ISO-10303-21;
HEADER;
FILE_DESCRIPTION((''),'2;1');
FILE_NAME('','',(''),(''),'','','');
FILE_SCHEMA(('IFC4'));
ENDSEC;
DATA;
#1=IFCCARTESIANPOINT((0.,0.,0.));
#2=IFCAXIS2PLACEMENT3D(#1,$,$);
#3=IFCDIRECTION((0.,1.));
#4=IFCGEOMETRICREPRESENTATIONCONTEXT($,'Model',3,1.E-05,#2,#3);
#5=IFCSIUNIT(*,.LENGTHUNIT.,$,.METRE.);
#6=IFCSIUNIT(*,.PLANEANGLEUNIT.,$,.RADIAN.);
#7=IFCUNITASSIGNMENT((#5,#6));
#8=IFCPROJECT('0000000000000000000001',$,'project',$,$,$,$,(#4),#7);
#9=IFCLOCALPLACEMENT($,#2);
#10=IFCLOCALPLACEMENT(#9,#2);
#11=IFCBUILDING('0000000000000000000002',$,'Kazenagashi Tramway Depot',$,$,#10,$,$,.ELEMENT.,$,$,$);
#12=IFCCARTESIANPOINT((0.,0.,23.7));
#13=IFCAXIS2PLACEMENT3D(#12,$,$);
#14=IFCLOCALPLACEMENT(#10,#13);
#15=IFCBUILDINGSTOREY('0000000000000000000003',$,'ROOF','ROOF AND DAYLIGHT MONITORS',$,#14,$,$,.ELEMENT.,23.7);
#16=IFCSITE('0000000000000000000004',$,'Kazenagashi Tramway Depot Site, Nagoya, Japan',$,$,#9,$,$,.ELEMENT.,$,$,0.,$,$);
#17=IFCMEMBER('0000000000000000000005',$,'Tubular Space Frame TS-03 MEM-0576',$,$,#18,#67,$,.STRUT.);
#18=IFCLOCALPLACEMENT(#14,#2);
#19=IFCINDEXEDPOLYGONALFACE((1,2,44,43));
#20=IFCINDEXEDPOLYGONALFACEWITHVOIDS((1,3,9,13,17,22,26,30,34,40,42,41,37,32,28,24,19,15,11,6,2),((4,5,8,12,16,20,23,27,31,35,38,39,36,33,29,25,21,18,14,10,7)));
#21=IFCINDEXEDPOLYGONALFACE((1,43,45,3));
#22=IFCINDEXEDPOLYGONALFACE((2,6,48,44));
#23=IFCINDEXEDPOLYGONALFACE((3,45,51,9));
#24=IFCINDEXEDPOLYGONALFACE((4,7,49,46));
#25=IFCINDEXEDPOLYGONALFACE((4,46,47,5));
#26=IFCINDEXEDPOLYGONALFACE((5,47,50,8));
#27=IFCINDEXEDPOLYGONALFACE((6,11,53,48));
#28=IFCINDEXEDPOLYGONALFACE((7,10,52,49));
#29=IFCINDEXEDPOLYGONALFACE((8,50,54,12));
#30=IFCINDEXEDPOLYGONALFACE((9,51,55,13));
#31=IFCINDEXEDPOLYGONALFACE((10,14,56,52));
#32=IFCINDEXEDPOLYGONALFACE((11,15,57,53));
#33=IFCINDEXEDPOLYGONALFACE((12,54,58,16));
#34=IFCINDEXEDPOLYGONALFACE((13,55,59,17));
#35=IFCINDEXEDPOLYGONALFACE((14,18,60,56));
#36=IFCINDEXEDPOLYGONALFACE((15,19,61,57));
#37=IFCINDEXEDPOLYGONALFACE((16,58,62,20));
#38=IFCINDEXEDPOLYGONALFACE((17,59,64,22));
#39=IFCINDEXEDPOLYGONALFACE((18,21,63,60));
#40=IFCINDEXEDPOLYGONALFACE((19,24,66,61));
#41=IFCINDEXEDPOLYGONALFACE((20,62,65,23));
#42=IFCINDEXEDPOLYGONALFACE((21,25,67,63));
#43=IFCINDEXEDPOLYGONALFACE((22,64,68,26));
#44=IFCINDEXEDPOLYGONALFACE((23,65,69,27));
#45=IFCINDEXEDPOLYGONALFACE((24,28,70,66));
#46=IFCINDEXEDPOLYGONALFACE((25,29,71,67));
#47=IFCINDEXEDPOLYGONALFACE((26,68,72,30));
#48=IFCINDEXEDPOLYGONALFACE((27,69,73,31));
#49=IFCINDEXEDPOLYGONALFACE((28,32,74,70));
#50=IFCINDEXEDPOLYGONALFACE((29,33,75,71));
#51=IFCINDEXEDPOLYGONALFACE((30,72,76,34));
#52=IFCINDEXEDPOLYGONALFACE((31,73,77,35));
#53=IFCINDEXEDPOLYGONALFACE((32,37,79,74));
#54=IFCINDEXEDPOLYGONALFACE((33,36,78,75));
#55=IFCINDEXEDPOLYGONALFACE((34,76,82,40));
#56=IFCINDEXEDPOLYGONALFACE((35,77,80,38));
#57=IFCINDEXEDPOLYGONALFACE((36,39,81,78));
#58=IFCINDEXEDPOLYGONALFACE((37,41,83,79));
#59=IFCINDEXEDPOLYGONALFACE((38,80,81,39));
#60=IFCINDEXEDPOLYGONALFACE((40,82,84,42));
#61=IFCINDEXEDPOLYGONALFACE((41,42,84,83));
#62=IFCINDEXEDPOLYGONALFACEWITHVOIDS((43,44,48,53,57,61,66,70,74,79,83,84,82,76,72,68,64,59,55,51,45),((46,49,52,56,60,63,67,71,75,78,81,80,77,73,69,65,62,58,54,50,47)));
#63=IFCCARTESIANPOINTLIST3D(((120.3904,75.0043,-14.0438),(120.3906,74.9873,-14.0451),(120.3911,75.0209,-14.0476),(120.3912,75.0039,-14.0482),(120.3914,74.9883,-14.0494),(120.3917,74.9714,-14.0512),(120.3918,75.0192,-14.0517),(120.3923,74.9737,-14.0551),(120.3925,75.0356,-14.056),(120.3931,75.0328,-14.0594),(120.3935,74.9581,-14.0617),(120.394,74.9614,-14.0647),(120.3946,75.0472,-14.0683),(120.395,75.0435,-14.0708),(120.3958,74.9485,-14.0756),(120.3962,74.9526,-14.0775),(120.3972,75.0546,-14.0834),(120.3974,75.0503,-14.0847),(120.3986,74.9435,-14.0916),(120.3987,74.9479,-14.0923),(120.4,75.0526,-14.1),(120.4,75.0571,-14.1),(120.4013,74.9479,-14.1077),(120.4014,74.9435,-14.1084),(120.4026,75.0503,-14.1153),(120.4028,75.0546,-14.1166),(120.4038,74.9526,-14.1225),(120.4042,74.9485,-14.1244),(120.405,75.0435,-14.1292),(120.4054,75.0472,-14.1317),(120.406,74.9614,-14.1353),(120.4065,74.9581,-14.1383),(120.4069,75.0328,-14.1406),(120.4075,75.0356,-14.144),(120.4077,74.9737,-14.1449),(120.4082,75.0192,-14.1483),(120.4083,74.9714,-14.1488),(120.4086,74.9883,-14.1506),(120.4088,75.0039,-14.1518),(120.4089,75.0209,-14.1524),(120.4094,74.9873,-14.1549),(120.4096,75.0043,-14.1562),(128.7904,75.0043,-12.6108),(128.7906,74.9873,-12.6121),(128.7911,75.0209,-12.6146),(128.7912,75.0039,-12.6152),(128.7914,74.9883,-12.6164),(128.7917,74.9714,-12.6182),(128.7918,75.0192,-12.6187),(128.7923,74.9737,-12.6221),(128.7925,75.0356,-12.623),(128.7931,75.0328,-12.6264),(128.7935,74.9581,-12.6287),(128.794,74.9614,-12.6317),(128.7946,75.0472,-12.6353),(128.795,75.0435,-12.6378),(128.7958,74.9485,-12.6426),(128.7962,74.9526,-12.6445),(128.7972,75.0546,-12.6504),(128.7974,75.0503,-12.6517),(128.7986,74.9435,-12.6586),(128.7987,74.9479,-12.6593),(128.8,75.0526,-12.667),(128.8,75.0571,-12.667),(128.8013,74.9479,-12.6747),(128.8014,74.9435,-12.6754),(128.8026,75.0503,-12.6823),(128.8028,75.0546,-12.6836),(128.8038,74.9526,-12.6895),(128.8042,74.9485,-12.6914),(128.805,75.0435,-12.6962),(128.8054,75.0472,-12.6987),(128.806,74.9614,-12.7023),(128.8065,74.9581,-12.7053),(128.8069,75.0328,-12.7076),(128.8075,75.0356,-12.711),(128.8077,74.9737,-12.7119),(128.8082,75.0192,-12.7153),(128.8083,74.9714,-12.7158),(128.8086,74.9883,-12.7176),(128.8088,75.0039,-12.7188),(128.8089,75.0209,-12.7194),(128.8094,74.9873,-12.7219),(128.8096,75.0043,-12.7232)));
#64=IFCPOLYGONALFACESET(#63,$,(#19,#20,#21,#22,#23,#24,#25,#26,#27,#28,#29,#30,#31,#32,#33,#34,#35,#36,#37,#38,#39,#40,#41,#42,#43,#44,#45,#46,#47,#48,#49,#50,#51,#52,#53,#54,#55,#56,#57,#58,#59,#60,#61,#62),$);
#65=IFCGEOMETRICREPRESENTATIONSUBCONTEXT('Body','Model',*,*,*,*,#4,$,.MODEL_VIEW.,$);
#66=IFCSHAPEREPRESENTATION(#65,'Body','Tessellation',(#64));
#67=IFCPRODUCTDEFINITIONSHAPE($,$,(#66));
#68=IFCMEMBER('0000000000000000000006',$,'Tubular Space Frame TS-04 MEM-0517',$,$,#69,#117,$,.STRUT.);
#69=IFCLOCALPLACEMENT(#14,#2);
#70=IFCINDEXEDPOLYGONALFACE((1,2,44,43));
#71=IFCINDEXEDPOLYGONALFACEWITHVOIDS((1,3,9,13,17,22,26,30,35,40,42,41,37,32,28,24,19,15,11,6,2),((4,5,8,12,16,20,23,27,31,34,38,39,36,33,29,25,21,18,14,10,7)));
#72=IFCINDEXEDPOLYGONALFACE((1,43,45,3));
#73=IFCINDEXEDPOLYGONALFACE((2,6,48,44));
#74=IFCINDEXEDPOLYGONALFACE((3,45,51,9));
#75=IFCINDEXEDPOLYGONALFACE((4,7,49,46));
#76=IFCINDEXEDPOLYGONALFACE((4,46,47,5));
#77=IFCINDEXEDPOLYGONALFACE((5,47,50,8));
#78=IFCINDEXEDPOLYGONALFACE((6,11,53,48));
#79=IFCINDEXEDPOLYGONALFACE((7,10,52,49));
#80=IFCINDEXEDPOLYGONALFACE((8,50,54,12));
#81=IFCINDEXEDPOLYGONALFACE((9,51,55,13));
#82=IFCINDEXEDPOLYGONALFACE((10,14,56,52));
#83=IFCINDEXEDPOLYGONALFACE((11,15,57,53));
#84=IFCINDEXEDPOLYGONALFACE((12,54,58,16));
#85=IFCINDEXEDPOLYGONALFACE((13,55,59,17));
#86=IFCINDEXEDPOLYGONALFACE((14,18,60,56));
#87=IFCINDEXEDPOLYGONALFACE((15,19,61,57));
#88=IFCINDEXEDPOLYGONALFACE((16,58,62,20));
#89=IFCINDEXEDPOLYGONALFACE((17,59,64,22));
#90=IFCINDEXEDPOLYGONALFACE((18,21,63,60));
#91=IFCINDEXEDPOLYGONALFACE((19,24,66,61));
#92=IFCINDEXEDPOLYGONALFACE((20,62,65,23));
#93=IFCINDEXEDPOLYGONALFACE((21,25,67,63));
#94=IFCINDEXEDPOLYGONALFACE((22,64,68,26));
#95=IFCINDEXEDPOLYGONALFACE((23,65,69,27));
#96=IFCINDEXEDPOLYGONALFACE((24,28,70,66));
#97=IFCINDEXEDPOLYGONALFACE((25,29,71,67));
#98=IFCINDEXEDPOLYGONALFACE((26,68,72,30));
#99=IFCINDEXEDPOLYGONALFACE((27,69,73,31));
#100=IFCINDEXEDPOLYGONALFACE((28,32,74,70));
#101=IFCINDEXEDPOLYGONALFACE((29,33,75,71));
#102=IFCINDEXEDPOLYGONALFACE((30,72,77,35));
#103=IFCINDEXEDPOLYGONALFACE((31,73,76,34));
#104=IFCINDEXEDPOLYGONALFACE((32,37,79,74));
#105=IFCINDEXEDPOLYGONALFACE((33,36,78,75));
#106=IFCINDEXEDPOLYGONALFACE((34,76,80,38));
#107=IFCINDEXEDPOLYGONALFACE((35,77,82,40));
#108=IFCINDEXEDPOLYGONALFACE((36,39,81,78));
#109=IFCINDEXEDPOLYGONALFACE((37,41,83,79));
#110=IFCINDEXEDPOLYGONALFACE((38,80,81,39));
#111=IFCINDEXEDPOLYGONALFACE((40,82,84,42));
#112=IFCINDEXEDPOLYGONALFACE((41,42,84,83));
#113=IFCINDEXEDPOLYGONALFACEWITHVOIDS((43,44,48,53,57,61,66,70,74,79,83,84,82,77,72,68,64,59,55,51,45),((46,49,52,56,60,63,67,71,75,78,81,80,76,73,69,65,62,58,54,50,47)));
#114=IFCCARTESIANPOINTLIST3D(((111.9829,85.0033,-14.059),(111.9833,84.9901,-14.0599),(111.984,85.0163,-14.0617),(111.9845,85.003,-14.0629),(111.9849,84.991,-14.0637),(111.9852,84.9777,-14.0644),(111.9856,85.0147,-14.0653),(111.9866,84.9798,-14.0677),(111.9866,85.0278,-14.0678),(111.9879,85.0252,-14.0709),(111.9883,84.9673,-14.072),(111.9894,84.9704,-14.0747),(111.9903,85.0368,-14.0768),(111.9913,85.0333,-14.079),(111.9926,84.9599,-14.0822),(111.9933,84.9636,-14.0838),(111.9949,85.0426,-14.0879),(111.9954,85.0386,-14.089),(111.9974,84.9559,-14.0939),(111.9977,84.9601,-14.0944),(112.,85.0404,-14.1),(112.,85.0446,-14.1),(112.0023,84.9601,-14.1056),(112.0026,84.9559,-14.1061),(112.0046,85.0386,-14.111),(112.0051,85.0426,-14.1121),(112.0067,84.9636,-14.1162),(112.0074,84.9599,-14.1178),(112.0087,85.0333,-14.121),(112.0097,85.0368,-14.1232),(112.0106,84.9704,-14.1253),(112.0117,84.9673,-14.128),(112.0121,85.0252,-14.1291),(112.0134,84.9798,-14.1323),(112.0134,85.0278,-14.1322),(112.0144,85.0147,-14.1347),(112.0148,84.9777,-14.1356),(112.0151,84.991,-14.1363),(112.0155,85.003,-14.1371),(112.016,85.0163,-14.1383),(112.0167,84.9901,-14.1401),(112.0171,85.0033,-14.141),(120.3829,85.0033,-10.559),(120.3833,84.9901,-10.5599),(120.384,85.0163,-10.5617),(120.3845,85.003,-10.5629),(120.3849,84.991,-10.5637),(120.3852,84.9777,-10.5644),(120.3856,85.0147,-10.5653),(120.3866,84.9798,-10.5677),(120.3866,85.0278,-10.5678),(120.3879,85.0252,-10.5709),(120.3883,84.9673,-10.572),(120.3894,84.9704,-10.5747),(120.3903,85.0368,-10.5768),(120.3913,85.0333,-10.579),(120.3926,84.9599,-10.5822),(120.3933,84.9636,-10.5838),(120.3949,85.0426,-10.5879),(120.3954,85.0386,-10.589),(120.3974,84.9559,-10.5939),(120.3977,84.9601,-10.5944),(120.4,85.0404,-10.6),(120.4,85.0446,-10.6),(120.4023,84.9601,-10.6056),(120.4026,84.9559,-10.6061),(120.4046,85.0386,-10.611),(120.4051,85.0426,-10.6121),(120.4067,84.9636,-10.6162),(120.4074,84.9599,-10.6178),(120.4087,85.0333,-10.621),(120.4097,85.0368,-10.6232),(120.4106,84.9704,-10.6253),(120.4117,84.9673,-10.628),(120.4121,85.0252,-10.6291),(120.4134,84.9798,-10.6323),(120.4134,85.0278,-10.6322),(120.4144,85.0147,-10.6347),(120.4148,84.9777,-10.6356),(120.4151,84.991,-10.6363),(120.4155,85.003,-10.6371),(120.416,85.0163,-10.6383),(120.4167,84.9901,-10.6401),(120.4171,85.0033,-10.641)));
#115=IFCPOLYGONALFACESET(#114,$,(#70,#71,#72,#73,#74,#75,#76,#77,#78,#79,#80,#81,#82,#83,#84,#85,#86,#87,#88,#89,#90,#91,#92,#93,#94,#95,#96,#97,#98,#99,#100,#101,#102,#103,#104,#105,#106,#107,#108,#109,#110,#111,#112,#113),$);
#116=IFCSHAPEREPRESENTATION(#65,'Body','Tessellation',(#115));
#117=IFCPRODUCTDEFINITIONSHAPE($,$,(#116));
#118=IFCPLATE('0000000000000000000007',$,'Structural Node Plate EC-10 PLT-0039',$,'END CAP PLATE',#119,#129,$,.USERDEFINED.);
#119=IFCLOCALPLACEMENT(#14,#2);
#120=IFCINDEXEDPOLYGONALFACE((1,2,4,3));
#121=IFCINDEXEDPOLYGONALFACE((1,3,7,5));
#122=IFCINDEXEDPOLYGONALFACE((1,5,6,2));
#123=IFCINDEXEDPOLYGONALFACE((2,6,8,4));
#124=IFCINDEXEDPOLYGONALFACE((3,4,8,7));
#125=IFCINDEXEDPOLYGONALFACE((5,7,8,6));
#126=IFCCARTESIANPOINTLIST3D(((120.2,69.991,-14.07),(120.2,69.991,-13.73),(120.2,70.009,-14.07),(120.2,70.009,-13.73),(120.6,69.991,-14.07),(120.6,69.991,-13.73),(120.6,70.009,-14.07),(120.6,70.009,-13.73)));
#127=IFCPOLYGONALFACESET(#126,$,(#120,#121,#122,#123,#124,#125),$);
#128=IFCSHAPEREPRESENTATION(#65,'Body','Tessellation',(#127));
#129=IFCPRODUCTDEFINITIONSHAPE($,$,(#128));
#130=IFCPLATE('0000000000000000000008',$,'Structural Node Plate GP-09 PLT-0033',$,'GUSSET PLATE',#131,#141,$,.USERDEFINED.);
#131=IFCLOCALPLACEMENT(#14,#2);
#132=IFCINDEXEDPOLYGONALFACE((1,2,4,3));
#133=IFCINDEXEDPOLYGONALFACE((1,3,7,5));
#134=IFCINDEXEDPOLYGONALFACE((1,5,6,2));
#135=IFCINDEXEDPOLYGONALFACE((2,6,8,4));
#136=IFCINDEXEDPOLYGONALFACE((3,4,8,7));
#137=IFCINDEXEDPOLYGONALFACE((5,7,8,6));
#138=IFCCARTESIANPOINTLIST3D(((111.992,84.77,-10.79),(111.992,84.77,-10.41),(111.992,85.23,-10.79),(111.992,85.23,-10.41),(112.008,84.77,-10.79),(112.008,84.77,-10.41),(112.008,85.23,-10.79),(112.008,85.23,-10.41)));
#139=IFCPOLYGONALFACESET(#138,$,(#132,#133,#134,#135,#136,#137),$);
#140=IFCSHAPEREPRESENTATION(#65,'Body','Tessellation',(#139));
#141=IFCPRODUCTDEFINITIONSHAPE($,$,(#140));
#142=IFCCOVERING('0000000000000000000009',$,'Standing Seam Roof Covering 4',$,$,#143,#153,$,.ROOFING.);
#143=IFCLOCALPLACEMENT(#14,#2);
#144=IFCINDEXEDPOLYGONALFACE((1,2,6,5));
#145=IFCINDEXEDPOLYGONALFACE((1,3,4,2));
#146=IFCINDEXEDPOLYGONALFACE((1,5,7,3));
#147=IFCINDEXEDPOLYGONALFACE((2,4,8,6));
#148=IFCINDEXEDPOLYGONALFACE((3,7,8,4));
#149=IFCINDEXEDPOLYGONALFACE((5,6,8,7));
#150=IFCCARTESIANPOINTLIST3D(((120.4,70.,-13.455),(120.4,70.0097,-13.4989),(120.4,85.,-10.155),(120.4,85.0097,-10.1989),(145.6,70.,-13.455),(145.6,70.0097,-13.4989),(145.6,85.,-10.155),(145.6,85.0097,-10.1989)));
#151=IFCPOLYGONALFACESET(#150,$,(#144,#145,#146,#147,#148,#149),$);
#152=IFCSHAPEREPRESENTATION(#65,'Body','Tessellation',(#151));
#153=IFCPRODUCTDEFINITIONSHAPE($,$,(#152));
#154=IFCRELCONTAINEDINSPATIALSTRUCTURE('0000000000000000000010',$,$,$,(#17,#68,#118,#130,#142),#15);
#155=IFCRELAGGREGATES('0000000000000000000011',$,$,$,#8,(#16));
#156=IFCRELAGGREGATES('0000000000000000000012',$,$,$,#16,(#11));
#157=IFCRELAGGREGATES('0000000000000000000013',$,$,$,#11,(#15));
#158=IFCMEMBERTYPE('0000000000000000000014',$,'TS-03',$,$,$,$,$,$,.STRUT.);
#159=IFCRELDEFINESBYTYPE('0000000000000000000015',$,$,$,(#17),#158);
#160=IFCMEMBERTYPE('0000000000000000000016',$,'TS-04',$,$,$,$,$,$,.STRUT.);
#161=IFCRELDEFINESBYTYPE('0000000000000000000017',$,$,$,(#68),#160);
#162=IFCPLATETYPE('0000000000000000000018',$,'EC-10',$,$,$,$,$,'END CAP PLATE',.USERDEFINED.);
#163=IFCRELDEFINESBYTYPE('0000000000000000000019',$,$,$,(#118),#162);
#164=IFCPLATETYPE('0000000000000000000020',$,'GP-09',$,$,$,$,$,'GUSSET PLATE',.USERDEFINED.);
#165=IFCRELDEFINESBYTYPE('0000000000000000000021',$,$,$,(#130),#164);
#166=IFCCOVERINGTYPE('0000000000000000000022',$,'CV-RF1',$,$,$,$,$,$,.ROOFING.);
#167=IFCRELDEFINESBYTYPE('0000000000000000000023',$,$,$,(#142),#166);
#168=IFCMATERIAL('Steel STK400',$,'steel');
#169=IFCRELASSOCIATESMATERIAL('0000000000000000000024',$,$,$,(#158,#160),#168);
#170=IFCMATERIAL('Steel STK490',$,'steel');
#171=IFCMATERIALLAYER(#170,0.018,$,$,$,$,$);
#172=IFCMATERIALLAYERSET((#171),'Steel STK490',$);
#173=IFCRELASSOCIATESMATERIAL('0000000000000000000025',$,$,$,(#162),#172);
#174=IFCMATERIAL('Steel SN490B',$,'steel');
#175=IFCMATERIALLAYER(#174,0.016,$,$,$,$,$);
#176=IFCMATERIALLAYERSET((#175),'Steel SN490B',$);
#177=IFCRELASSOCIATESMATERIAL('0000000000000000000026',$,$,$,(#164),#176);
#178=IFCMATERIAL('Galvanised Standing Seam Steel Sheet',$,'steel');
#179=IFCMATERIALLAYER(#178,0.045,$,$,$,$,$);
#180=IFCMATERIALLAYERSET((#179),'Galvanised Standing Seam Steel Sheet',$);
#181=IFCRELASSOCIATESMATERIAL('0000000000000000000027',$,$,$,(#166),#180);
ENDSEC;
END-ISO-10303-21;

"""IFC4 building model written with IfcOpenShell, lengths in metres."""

from ifc_helpers import new_model, si_unit, direction, frame, origin, origin_2d, place, context, subcontext, project, spatial, polyline, rectangle, hollow_circle, outline, extrude, material, layer, layer_set, material_profile, profile_set, type_object, element, save


model = new_model("IFC4")

# Units and contexts
model_context = context("Model", 3, precision=1e-05, world=origin(), true_north=direction((0.0, 1.0)))
body_context = subcontext(model_context, "Body", "Model", "MODEL_VIEW")
ifc_project = project(units=[si_unit("LENGTHUNIT", "METRE"), si_unit("PLANEANGLEUNIT", "RADIAN")], contexts=[model_context])

# Site, building, storey
site_placement = place(None, origin())
site = spatial("IfcSite", under=ifc_project, at=site_placement, Name="Kazenagashi Tramway Depot Site, Nagoya, Japan", CompositionType="ELEMENT", RefElevation=0.0)
building_placement = place(site_placement, origin())
building = spatial("IfcBuilding", under=site, at=building_placement, Name="Kazenagashi Tramway Depot", CompositionType="ELEMENT")
storey_placement = place(building_placement, frame((0.0, 0.0, 23.7)))
storey = spatial("IfcBuildingStorey", under=building, at=storey_placement, Name="ROOF", Description="ROOF AND DAYLIGHT MONITORS", CompositionType="ELEMENT", Elevation=23.7)

# Members
ifc_material_1 = material(Name="Steel STK490", Category="steel")
ifc_material_2 = material(Name="Steel STK400", Category="steel")
ifc_material_profile_1 = material_profile(ifc_material_2, hollow_circle(Radius=0.0571, WallThickness=0.0045, at=origin_2d()), Name="CHS-114.3x4.5")
ifc_profile_set_1 = profile_set([ifc_material_profile_1], Name="Steel STK400")
member_type_1 = type_object("IfcMemberType", Name="TS-03", PredefinedType="STRUT", material=ifc_profile_set_1)
for number, where, z_axis, x_axis, name in (
    (1, (120.4, 75.0, -14.1), (0.985759, 0.0, 0.168166), (0.0, 1.0, 0.0), "Tubular Space Frame TS-03 MEM-0576"),
):
    element("IfcMember", number, at=place(storey_placement, frame(where, z_axis=z_axis, x_axis=x_axis)), inside=storey, type_object=member_type_1, Name=name, PredefinedType="STRUT", context=body_context, shape_type="SweptSolid", body=[
        extrude(hollow_circle(Radius=0.0571, WallThickness=0.0045, at=origin_2d()), origin(), (0.0, 0.0, 1.0), 8.5214),
    ])
ifc_material_profile_2 = material_profile(ifc_material_2, hollow_circle(Radius=0.0445, WallThickness=0.0042, at=origin_2d()), Name="CHS-89.1x4.2")
ifc_profile_set_2 = profile_set([ifc_material_profile_2], Name="Steel STK400")
member_type_2 = type_object("IfcMemberType", Name="TS-04", PredefinedType="STRUT", material=ifc_profile_set_2)
member_1_placement = place(storey_placement, frame((112.0, 85.0, -14.1), z_axis=(0.923077, 0.0, 0.384615), x_axis=(0.0, 1.0, 0.0)))
element("IfcMember", 2, at=member_1_placement, inside=storey, type_object=member_type_2, Name="Tubular Space Frame TS-04 MEM-0517", PredefinedType="STRUT", context=body_context, shape_type="SweptSolid", body=[
    extrude(hollow_circle(Radius=0.0445, WallThickness=0.0042, at=origin_2d()), origin(), (0.0, 0.0, 1.0), 9.1),
])

# Plates
ifc_layer_1 = layer(ifc_material_1, 0.018)
ifc_layer_set_1 = layer_set([ifc_layer_1], Name="Steel STK490")
plate_type_1 = type_object("IfcPlateType", Name="EC-10", ElementType="END CAP PLATE", PredefinedType="USERDEFINED", material=ifc_layer_set_1)
plate_1_placement = place(storey_placement, frame((120.4, 70.0, -14.07), z_axis=(0.0, 0.0, 1.0), x_axis=(1.0, 0.0, 0.0)))
element("IfcPlate", 3, at=plate_1_placement, inside=storey, type_object=plate_type_1, Name="Structural Node Plate EC-10 PLT-0039", ObjectType="END CAP PLATE", PredefinedType="USERDEFINED", context=body_context, shape_type="SweptSolid", body=[
    extrude(rectangle(XDim=0.4, YDim=0.018, at=origin_2d()), origin(), (0.0, 0.0, 1.0), 0.34),
])
ifc_material_3 = material(Name="Steel SN490B", Category="steel")
ifc_layer_2 = layer(ifc_material_3, 0.016)
ifc_layer_set_2 = layer_set([ifc_layer_2], Name="Steel SN490B")
plate_type_2 = type_object("IfcPlateType", Name="GP-09", ElementType="GUSSET PLATE", PredefinedType="USERDEFINED", material=ifc_layer_set_2)
plate_2_placement = place(storey_placement, frame((112.0, 85.0, -10.79), z_axis=(0.0, 0.0, 1.0), x_axis=(0.0, 1.0, 0.0)))
element("IfcPlate", 4, at=plate_2_placement, inside=storey, type_object=plate_type_2, Name="Structural Node Plate GP-09 PLT-0033", ObjectType="GUSSET PLATE", PredefinedType="USERDEFINED", context=body_context, shape_type="SweptSolid", body=[
    extrude(rectangle(XDim=0.46, YDim=0.016, at=origin_2d()), origin(), (0.0, 0.0, 1.0), 0.38),
])

# Covering
ifc_material_4 = material(Name="Galvanised Standing Seam Steel Sheet", Category="steel")
ifc_layer_3 = layer(ifc_material_4, 0.045)
ifc_layer_set_3 = layer_set([ifc_layer_3], Name="Galvanised Standing Seam Steel Sheet")
covering_type = type_object("IfcCoveringType", Name="CV-RF1", PredefinedType="ROOFING", material=ifc_layer_set_3)
covering_placement = place(storey_placement, frame((120.4, 70.0, -13.455), z_axis=(0.0, -0.214862, 0.976644), x_axis=(1.0, 0.0, 0.0)))
element("IfcCovering", 5, at=covering_placement, inside=storey, type_object=covering_type, Name="Standing Seam Roof Covering 4", PredefinedType="ROOFING", context=body_context, shape_type="SweptSolid", body=[
    extrude(outline(polyline([(0.0, 0.0), (25.2, 0.0), (25.2, 15.3587), (0.0, 15.3587), (0.0, 0.0)])), origin(), (0.0, 0.0, -1.0), 0.045),
])

save(model, "model.ifc")
